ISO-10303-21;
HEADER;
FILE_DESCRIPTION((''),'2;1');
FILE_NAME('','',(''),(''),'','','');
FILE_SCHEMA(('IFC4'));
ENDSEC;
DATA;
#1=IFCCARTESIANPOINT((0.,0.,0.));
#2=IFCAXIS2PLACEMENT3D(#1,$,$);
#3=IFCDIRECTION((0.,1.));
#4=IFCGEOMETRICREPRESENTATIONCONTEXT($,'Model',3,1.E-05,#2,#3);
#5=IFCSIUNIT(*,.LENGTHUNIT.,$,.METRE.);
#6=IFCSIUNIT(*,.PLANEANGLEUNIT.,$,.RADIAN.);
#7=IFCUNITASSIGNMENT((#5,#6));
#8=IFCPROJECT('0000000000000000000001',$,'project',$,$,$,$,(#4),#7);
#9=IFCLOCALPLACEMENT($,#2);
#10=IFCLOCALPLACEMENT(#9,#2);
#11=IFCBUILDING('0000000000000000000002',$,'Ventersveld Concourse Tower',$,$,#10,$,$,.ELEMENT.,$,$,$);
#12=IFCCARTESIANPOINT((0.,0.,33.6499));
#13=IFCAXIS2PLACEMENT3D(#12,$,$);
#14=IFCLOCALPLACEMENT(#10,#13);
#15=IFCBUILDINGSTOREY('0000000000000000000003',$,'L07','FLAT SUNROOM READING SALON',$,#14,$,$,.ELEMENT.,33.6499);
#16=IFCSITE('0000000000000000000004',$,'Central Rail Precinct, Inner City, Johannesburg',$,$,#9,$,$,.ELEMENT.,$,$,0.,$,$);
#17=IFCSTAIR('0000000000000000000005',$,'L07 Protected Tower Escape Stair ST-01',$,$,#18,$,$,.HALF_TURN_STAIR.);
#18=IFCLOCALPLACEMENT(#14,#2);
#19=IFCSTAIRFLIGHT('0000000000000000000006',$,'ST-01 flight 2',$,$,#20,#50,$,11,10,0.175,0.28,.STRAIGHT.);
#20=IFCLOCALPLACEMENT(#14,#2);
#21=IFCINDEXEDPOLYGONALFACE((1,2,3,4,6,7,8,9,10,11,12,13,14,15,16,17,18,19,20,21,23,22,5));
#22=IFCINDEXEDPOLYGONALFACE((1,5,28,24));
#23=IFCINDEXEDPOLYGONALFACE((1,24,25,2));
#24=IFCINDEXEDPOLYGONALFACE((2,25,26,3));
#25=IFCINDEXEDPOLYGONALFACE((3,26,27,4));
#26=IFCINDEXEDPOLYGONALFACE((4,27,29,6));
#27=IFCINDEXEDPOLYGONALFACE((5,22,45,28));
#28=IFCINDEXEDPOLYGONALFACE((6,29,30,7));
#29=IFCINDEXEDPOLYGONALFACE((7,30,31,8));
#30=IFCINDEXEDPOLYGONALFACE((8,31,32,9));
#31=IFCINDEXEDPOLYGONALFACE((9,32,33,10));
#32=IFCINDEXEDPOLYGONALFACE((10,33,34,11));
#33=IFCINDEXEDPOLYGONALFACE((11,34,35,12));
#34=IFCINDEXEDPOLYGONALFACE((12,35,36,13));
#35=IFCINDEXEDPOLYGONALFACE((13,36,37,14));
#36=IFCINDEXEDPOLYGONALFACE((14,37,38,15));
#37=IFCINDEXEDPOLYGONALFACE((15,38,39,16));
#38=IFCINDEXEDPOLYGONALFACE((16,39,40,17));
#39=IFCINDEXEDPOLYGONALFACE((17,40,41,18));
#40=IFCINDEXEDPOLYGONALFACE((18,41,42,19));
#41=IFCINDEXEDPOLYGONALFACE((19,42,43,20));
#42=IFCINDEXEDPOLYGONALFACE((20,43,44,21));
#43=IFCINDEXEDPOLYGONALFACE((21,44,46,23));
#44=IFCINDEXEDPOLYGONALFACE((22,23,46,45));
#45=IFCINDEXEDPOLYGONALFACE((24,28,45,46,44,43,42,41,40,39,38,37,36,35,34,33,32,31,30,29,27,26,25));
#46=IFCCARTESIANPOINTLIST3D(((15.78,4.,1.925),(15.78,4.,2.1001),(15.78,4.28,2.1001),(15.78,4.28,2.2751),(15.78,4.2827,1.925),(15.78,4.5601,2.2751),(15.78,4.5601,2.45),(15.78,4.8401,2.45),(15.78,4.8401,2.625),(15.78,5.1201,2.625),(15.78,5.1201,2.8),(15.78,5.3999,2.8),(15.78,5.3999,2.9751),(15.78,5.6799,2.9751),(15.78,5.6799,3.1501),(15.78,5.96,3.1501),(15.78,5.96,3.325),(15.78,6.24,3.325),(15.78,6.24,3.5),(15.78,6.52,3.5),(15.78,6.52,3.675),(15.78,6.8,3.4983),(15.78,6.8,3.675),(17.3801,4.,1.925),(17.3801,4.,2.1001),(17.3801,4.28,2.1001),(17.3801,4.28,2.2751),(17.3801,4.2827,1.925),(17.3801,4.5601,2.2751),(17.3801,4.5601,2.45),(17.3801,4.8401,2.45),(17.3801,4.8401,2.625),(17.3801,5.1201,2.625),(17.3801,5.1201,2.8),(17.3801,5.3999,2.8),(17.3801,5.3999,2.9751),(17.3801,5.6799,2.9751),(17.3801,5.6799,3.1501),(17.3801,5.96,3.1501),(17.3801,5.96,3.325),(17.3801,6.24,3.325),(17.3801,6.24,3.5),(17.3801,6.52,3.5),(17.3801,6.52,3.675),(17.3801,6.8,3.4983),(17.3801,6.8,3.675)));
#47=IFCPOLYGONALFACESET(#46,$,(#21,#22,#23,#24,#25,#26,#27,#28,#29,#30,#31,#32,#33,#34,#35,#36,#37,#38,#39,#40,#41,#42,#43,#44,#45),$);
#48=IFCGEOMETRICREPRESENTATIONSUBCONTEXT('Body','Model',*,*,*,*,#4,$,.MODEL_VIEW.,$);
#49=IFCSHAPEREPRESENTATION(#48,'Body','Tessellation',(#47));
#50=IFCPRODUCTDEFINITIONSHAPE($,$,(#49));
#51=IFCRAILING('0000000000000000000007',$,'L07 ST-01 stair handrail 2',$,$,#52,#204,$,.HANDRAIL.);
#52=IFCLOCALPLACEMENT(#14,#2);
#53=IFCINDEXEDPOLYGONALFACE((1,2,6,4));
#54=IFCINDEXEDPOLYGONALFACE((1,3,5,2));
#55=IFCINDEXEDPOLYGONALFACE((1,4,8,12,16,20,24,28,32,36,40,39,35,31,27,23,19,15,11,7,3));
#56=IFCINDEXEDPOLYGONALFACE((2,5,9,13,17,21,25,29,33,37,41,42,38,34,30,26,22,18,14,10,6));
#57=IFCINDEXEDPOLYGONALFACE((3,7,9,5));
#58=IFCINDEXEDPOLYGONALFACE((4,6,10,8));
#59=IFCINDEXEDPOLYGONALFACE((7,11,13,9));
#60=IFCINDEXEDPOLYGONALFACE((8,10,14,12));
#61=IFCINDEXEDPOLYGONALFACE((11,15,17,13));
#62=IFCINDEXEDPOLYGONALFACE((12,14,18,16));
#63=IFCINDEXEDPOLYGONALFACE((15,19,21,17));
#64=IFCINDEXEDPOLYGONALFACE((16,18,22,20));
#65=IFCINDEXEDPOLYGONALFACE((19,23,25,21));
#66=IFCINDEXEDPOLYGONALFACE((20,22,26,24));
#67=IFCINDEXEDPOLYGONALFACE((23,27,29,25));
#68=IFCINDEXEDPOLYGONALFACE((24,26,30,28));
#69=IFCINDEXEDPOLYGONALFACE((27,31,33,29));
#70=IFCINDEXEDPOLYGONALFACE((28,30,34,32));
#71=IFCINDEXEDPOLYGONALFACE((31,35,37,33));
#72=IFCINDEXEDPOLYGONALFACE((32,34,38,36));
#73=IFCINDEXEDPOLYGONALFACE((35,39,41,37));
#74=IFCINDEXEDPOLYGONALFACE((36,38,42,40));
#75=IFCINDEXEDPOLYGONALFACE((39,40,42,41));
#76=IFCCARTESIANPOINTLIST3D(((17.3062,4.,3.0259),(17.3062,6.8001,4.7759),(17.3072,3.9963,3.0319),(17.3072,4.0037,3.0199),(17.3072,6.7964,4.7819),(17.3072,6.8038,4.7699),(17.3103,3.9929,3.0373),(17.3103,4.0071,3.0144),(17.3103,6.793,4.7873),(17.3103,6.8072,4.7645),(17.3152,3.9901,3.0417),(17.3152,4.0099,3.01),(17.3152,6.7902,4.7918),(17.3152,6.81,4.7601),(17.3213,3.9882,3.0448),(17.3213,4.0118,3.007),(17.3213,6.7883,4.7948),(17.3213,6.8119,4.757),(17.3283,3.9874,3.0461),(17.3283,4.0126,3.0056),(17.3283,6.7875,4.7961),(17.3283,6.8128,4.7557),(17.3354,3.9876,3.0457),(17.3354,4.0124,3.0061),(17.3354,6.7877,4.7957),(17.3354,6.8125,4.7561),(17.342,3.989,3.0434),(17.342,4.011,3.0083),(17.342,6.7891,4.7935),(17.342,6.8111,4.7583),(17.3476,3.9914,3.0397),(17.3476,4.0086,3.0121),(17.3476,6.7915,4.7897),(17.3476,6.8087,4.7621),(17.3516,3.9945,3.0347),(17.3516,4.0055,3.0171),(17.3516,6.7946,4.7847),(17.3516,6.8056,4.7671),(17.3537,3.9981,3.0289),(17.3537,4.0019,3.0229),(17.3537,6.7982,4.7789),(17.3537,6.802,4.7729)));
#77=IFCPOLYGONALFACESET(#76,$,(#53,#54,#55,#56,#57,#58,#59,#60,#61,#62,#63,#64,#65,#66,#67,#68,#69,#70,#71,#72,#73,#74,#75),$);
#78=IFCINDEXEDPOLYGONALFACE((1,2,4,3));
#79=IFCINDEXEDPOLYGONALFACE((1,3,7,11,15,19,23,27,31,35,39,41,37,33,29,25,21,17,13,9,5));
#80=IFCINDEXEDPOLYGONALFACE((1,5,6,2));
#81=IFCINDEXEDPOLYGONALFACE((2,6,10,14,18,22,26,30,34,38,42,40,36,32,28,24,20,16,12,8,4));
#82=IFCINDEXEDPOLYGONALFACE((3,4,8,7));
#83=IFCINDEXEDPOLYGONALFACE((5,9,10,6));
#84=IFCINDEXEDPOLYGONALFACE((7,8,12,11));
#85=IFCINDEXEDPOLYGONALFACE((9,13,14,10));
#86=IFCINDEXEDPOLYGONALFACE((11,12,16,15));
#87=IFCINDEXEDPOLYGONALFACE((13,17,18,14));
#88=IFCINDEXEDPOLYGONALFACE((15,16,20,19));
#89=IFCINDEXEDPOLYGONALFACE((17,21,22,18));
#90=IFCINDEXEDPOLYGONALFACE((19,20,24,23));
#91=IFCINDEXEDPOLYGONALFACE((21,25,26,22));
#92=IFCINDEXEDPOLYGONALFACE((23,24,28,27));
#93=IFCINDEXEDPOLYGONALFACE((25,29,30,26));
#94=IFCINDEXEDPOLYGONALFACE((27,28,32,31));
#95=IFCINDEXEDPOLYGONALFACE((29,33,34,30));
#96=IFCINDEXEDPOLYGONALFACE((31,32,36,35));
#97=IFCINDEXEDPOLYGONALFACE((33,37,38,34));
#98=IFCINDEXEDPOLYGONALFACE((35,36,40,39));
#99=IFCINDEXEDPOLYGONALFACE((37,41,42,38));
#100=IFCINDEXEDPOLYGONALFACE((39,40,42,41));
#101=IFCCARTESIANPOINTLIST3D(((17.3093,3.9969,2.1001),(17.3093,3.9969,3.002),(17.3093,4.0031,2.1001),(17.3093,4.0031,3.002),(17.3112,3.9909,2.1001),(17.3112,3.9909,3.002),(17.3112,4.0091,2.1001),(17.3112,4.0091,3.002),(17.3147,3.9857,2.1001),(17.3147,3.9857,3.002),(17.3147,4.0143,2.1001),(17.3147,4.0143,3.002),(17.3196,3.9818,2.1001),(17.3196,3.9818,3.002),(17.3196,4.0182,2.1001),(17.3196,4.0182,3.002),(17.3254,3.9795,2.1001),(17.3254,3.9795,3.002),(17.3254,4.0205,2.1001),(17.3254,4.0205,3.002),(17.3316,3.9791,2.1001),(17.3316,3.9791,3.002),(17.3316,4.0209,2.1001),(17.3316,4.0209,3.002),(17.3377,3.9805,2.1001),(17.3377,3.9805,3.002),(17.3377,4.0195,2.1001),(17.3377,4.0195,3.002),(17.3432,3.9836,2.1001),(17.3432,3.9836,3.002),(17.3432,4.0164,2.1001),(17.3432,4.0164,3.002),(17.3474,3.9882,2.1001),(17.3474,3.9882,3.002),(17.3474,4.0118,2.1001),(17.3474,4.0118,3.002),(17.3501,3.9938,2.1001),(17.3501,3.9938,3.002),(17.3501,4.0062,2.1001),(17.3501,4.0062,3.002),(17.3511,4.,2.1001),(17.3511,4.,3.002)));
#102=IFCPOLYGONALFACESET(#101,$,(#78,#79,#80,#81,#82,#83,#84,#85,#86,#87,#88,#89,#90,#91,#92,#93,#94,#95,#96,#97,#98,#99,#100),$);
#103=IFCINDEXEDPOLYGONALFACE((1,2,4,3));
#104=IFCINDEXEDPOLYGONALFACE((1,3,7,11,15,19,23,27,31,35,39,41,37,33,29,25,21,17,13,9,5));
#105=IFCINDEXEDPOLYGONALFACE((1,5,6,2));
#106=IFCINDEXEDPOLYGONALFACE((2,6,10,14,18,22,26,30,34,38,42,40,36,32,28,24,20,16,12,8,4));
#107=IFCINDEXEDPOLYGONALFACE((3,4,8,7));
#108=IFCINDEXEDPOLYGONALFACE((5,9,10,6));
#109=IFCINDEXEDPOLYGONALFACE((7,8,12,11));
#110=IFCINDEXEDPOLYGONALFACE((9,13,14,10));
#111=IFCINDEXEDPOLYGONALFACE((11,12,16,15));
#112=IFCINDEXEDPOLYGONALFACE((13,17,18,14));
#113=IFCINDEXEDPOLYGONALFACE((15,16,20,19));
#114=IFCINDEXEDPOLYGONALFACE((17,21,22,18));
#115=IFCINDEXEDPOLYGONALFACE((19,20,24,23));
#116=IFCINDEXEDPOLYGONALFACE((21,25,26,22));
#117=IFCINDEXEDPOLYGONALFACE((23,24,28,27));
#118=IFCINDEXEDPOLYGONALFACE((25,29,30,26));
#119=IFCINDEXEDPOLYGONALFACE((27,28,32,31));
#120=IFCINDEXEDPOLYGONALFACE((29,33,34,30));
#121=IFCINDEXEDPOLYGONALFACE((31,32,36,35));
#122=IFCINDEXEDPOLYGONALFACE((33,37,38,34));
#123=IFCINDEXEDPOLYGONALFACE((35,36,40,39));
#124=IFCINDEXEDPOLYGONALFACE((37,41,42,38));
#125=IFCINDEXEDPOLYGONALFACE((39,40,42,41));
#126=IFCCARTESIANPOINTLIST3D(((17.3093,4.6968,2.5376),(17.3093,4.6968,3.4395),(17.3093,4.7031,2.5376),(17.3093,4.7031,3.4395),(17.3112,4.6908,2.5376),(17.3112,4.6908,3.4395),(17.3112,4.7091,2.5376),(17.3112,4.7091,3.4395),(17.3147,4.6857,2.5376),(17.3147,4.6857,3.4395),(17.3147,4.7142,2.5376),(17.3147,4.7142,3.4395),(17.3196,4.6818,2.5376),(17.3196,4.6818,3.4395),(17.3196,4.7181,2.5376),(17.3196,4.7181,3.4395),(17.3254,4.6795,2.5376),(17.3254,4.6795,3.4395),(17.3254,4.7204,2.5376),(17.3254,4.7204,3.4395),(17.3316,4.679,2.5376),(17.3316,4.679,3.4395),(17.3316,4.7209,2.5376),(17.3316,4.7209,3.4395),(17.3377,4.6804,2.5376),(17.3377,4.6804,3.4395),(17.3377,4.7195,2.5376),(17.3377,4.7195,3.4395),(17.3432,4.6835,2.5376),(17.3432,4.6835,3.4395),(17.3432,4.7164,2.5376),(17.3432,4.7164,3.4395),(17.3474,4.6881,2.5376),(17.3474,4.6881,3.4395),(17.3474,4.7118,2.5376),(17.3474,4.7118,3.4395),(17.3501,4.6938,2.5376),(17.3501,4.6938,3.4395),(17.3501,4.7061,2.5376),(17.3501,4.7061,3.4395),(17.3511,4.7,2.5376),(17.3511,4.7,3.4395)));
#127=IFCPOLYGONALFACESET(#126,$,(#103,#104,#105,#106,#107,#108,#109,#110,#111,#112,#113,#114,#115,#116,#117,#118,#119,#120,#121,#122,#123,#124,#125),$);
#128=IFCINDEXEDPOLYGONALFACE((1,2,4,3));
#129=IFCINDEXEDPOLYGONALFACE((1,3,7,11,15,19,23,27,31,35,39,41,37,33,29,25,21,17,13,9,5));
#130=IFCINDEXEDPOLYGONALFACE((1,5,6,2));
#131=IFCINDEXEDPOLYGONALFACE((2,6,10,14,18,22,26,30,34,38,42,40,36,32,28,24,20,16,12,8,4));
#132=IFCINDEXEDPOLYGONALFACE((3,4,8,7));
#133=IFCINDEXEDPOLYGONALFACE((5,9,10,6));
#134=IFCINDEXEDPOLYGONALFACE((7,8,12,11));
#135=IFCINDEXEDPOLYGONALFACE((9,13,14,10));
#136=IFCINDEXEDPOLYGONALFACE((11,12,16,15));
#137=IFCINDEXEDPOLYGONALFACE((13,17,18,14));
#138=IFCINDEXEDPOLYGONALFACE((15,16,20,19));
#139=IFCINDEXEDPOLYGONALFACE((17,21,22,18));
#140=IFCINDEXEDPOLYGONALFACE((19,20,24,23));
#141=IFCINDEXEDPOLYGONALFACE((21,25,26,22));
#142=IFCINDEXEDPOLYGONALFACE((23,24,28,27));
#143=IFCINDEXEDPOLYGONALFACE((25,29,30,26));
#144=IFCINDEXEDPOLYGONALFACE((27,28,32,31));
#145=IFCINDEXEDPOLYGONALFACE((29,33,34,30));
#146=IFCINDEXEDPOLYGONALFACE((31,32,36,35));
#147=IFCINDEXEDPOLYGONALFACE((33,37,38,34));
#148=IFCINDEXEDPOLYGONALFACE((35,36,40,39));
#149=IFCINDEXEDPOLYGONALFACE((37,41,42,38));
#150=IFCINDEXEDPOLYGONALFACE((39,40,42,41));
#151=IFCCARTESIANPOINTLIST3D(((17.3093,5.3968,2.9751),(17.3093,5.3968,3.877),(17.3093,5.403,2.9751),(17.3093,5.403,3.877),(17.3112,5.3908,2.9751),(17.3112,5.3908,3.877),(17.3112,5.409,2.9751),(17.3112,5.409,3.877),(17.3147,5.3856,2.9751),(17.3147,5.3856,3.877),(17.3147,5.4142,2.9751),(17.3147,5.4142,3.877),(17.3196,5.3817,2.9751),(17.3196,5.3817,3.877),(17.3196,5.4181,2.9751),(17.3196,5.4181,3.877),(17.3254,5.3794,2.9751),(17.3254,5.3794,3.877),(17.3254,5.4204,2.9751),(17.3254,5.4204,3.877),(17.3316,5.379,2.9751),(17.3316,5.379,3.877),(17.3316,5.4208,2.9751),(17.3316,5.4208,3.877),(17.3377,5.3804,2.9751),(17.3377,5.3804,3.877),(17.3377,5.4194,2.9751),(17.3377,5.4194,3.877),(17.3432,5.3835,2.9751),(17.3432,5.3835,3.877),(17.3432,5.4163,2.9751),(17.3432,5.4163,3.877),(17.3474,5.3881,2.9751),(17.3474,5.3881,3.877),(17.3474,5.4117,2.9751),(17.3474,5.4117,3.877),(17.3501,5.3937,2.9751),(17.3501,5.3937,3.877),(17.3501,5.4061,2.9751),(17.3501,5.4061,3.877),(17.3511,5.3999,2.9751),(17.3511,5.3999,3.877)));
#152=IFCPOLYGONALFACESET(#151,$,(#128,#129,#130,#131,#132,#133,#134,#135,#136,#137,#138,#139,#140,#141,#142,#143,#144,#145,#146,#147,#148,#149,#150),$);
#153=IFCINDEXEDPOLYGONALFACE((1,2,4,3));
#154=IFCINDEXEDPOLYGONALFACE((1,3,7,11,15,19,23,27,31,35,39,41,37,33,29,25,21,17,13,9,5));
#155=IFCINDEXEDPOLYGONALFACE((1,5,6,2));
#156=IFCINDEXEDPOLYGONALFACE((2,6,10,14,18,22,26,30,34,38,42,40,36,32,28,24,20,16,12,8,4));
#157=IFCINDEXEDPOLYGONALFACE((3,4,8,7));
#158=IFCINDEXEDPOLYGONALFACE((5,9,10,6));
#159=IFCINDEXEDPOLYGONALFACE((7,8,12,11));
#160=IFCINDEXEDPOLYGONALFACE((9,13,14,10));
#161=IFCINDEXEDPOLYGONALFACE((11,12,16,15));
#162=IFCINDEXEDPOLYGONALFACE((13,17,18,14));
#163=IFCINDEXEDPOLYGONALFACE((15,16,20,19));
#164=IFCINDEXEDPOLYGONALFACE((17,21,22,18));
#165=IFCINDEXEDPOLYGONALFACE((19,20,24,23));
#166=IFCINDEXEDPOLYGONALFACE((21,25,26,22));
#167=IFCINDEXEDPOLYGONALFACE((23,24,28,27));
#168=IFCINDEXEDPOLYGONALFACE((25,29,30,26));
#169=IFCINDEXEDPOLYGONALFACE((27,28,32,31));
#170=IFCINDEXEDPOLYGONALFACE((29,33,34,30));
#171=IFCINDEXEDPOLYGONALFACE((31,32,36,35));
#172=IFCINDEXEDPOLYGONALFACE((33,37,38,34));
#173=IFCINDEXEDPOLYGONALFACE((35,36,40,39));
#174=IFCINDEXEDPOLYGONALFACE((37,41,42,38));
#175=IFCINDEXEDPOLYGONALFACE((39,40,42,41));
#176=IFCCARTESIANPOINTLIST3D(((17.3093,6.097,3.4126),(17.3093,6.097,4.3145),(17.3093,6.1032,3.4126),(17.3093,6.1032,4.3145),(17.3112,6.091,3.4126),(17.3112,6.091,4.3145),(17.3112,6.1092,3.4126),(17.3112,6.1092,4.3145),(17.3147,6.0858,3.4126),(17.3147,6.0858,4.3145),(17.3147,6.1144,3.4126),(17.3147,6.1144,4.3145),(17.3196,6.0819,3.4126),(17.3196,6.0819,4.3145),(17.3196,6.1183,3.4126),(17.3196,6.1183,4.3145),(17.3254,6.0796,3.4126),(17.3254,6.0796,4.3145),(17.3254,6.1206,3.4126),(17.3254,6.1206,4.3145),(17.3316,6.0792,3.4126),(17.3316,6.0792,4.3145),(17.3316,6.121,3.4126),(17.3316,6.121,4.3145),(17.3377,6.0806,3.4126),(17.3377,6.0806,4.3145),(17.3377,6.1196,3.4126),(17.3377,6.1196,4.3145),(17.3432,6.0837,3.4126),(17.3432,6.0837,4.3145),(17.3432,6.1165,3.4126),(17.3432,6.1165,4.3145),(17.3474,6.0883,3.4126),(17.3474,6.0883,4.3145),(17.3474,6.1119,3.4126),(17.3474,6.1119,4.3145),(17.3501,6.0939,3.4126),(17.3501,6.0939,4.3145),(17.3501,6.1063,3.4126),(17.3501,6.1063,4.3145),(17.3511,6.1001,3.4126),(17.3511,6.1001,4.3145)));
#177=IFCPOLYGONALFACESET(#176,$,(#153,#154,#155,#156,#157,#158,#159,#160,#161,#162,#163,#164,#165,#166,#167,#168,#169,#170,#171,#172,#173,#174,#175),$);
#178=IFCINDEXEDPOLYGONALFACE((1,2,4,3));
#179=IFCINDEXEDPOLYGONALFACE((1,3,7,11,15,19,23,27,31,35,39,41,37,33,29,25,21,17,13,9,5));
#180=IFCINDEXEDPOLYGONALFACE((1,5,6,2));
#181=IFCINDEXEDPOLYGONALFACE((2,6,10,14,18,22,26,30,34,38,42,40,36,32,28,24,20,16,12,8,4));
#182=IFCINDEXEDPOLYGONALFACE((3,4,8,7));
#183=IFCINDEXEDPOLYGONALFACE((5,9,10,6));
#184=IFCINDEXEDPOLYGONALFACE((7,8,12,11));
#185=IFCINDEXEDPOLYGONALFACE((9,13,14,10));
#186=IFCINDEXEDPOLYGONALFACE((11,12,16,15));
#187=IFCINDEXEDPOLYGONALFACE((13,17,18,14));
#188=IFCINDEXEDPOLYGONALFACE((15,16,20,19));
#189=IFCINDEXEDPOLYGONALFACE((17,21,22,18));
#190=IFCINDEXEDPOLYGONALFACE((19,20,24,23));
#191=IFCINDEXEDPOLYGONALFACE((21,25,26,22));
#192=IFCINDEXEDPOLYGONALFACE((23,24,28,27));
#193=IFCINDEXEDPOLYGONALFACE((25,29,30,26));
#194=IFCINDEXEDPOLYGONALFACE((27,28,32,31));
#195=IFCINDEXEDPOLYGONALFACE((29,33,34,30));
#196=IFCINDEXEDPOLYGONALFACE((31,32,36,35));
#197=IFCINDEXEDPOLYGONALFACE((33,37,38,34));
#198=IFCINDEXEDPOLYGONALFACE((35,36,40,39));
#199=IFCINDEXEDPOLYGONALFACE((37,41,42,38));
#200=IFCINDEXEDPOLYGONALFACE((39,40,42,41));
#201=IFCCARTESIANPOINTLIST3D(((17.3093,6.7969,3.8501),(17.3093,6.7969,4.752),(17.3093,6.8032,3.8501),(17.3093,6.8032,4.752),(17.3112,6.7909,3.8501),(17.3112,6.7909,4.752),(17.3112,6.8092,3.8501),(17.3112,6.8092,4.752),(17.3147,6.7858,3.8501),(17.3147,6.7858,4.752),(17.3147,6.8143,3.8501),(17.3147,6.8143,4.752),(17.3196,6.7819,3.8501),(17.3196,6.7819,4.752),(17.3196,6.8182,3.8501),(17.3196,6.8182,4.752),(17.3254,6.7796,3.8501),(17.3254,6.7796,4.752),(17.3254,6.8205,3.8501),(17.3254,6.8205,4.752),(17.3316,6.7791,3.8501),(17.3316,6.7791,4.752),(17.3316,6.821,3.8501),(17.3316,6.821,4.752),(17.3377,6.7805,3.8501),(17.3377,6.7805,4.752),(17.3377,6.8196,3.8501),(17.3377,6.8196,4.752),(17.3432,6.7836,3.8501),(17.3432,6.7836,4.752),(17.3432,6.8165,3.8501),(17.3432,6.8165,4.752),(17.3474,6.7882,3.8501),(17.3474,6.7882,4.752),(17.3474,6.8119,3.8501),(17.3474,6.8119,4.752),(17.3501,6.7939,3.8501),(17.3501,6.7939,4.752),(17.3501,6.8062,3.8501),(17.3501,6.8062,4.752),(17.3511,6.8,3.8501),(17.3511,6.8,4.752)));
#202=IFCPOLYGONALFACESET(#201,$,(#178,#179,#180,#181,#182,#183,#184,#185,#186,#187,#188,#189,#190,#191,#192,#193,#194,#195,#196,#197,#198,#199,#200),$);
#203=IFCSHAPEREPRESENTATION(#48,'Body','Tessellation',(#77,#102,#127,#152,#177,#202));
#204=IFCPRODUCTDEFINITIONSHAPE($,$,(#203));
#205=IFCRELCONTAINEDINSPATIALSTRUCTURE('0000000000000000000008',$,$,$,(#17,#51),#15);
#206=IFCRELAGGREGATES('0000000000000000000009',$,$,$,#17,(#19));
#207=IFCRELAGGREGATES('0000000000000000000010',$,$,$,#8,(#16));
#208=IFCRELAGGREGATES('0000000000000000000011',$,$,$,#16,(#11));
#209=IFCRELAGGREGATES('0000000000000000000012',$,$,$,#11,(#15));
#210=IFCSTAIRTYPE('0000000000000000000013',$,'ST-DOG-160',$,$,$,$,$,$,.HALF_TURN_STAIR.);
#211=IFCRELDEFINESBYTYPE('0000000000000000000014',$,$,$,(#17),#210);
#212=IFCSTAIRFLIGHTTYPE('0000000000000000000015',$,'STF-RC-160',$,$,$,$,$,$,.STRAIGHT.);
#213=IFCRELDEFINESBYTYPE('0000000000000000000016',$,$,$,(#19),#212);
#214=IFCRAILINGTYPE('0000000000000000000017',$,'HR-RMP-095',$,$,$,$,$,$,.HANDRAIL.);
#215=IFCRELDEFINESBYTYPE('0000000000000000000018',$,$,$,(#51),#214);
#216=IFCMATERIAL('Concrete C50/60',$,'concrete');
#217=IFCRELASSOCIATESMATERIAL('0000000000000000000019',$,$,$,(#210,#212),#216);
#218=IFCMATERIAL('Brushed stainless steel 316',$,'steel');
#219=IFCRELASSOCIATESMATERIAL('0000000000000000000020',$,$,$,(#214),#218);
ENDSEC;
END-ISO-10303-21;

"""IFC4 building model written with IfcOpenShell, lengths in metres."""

from ifc_helpers import new_model, si_unit, direction, frame, origin, origin_2d, place, context, subcontext, project, spatial, polyline, circle, outline, extrude, material, type_object, element, aggregate, save


model = new_model("IFC4")

# Units and contexts
model_context = context("Model", 3, precision=1e-05, world=origin(), true_north=direction((0.0, 1.0)))
body_context = subcontext(model_context, "Body", "Model", "MODEL_VIEW")
ifc_project = project(units=[si_unit("LENGTHUNIT", "METRE"), si_unit("PLANEANGLEUNIT", "RADIAN")], contexts=[model_context])

# Site, building, storey
site_placement = place(None, origin())
site = spatial("IfcSite", under=ifc_project, at=site_placement, Name="Central Rail Precinct, Inner City, Johannesburg", CompositionType="ELEMENT", RefElevation=0.0)
building_placement = place(site_placement, origin())
building = spatial("IfcBuilding", under=site, at=building_placement, Name="Ventersveld Concourse Tower", CompositionType="ELEMENT")
storey_placement = place(building_placement, frame((0.0, 0.0, 33.6499)))
storey = spatial("IfcBuildingStorey", under=building, at=storey_placement, Name="L07", Description="FLAT SUNROOM READING SALON", CompositionType="ELEMENT", Elevation=33.6499)

# Shared definitions
ifc_material_1 = material(Name="Concrete C50/60", Category="concrete")

# Shared definitions
ifc_material_2 = material(Name="Brushed stainless steel 316", Category="steel")

# Stair, stair flight
stair_type = type_object("IfcStairType", Name="ST-DOG-160", PredefinedType="HALF_TURN_STAIR", material=ifc_material_1)
stair_placement = place(storey_placement, origin())
stair = element("IfcStair", 1, at=stair_placement, inside=storey, type_object=stair_type, Name="L07 Protected Tower Escape Stair ST-01", PredefinedType="HALF_TURN_STAIR")
stair_flight_type = type_object("IfcStairFlightType", Name="STF-RC-160", PredefinedType="STRAIGHT", material=ifc_material_1)
stair_flight_placement = place(storey_placement, frame((16.5801, 4.0, 1.925), z_axis=(0.0, 0.0, 1.0), x_axis=(0.0, 1.0, 0.0)))
stair_flight = element("IfcStairFlight", 2, at=stair_flight_placement, type_object=stair_flight_type, Name="ST-01 flight 2", NumberOfRisers=11, NumberOfTreads=10, PredefinedType="STRAIGHT", RiserHeight=0.175, TreadLength=0.28, context=body_context, shape_type="SweptSolid", body=[
    extrude(outline(polyline([(0.0, 0.0), (0.0, 0.175), (0.28, 0.175), (0.28, 0.3501), (0.5601, 0.3501), (0.5601, 0.5249), (0.8401, 0.5249), (0.8401, 0.7), (1.1201, 0.7), (1.1201, 0.875), (1.3999, 0.875), (1.3999, 1.05), (1.6799, 1.05), (1.6799, 1.2251), (1.96, 1.2251), (1.96, 1.3999), (2.24, 1.3999), (2.24, 1.575), (2.52, 1.575), (2.52, 1.75), (2.8, 1.75), (2.8, 1.925), (2.8, 1.5732), (0.2827, 0.0), (0.0, 0.0)])), frame((0.0, 0.8, 0.0), z_axis=(0.0, -1.0, 0.0), x_axis=(1.0, 0.0, 0.0)), (0.0, 0.0, 1.0), 1.6001),
])
aggregate(stair, [stair_flight])

# Railing
railing_type = type_object("IfcRailingType", Name="HR-RMP-095", PredefinedType="HANDRAIL", material=ifc_material_2)
railing_placement = place(storey_placement, frame((17.3301, 4.0, 2.1001)))
element("IfcRailing", 3, at=railing_placement, inside=storey, type_object=railing_type, Name="L07 ST-01 stair handrail 2", PredefinedType="HANDRAIL", context=body_context, shape_type="SweptSolid", body=[
    extrude(circle(Radius=0.0239, at=origin_2d()), frame((0.0, 0.0, 0.9258), z_axis=(0.0, 0.848002, 0.529992), x_axis=(-1.0, 0.0, 0.0)), (0.0, 0.0, 1.0), 3.302),
    extrude(circle(Radius=0.021, at=origin_2d()), origin(), (0.0, 0.0, 1.0), 0.9019),
    extrude(circle(Radius=0.021, at=origin_2d()), frame((0.0, 0.7, 0.4375)), (0.0, 0.0, 1.0), 0.9019),
    extrude(circle(Radius=0.021, at=origin_2d()), frame((0.0, 1.3999, 0.875)), (0.0, 0.0, 1.0), 0.9019),
    extrude(circle(Radius=0.021, at=origin_2d()), frame((0.0, 2.1001, 1.3125)), (0.0, 0.0, 1.0), 0.9019),
    extrude(circle(Radius=0.021, at=origin_2d()), frame((0.0, 2.8, 1.75)), (0.0, 0.0, 1.0), 0.9019),
])

save(model, "model.ifc")
